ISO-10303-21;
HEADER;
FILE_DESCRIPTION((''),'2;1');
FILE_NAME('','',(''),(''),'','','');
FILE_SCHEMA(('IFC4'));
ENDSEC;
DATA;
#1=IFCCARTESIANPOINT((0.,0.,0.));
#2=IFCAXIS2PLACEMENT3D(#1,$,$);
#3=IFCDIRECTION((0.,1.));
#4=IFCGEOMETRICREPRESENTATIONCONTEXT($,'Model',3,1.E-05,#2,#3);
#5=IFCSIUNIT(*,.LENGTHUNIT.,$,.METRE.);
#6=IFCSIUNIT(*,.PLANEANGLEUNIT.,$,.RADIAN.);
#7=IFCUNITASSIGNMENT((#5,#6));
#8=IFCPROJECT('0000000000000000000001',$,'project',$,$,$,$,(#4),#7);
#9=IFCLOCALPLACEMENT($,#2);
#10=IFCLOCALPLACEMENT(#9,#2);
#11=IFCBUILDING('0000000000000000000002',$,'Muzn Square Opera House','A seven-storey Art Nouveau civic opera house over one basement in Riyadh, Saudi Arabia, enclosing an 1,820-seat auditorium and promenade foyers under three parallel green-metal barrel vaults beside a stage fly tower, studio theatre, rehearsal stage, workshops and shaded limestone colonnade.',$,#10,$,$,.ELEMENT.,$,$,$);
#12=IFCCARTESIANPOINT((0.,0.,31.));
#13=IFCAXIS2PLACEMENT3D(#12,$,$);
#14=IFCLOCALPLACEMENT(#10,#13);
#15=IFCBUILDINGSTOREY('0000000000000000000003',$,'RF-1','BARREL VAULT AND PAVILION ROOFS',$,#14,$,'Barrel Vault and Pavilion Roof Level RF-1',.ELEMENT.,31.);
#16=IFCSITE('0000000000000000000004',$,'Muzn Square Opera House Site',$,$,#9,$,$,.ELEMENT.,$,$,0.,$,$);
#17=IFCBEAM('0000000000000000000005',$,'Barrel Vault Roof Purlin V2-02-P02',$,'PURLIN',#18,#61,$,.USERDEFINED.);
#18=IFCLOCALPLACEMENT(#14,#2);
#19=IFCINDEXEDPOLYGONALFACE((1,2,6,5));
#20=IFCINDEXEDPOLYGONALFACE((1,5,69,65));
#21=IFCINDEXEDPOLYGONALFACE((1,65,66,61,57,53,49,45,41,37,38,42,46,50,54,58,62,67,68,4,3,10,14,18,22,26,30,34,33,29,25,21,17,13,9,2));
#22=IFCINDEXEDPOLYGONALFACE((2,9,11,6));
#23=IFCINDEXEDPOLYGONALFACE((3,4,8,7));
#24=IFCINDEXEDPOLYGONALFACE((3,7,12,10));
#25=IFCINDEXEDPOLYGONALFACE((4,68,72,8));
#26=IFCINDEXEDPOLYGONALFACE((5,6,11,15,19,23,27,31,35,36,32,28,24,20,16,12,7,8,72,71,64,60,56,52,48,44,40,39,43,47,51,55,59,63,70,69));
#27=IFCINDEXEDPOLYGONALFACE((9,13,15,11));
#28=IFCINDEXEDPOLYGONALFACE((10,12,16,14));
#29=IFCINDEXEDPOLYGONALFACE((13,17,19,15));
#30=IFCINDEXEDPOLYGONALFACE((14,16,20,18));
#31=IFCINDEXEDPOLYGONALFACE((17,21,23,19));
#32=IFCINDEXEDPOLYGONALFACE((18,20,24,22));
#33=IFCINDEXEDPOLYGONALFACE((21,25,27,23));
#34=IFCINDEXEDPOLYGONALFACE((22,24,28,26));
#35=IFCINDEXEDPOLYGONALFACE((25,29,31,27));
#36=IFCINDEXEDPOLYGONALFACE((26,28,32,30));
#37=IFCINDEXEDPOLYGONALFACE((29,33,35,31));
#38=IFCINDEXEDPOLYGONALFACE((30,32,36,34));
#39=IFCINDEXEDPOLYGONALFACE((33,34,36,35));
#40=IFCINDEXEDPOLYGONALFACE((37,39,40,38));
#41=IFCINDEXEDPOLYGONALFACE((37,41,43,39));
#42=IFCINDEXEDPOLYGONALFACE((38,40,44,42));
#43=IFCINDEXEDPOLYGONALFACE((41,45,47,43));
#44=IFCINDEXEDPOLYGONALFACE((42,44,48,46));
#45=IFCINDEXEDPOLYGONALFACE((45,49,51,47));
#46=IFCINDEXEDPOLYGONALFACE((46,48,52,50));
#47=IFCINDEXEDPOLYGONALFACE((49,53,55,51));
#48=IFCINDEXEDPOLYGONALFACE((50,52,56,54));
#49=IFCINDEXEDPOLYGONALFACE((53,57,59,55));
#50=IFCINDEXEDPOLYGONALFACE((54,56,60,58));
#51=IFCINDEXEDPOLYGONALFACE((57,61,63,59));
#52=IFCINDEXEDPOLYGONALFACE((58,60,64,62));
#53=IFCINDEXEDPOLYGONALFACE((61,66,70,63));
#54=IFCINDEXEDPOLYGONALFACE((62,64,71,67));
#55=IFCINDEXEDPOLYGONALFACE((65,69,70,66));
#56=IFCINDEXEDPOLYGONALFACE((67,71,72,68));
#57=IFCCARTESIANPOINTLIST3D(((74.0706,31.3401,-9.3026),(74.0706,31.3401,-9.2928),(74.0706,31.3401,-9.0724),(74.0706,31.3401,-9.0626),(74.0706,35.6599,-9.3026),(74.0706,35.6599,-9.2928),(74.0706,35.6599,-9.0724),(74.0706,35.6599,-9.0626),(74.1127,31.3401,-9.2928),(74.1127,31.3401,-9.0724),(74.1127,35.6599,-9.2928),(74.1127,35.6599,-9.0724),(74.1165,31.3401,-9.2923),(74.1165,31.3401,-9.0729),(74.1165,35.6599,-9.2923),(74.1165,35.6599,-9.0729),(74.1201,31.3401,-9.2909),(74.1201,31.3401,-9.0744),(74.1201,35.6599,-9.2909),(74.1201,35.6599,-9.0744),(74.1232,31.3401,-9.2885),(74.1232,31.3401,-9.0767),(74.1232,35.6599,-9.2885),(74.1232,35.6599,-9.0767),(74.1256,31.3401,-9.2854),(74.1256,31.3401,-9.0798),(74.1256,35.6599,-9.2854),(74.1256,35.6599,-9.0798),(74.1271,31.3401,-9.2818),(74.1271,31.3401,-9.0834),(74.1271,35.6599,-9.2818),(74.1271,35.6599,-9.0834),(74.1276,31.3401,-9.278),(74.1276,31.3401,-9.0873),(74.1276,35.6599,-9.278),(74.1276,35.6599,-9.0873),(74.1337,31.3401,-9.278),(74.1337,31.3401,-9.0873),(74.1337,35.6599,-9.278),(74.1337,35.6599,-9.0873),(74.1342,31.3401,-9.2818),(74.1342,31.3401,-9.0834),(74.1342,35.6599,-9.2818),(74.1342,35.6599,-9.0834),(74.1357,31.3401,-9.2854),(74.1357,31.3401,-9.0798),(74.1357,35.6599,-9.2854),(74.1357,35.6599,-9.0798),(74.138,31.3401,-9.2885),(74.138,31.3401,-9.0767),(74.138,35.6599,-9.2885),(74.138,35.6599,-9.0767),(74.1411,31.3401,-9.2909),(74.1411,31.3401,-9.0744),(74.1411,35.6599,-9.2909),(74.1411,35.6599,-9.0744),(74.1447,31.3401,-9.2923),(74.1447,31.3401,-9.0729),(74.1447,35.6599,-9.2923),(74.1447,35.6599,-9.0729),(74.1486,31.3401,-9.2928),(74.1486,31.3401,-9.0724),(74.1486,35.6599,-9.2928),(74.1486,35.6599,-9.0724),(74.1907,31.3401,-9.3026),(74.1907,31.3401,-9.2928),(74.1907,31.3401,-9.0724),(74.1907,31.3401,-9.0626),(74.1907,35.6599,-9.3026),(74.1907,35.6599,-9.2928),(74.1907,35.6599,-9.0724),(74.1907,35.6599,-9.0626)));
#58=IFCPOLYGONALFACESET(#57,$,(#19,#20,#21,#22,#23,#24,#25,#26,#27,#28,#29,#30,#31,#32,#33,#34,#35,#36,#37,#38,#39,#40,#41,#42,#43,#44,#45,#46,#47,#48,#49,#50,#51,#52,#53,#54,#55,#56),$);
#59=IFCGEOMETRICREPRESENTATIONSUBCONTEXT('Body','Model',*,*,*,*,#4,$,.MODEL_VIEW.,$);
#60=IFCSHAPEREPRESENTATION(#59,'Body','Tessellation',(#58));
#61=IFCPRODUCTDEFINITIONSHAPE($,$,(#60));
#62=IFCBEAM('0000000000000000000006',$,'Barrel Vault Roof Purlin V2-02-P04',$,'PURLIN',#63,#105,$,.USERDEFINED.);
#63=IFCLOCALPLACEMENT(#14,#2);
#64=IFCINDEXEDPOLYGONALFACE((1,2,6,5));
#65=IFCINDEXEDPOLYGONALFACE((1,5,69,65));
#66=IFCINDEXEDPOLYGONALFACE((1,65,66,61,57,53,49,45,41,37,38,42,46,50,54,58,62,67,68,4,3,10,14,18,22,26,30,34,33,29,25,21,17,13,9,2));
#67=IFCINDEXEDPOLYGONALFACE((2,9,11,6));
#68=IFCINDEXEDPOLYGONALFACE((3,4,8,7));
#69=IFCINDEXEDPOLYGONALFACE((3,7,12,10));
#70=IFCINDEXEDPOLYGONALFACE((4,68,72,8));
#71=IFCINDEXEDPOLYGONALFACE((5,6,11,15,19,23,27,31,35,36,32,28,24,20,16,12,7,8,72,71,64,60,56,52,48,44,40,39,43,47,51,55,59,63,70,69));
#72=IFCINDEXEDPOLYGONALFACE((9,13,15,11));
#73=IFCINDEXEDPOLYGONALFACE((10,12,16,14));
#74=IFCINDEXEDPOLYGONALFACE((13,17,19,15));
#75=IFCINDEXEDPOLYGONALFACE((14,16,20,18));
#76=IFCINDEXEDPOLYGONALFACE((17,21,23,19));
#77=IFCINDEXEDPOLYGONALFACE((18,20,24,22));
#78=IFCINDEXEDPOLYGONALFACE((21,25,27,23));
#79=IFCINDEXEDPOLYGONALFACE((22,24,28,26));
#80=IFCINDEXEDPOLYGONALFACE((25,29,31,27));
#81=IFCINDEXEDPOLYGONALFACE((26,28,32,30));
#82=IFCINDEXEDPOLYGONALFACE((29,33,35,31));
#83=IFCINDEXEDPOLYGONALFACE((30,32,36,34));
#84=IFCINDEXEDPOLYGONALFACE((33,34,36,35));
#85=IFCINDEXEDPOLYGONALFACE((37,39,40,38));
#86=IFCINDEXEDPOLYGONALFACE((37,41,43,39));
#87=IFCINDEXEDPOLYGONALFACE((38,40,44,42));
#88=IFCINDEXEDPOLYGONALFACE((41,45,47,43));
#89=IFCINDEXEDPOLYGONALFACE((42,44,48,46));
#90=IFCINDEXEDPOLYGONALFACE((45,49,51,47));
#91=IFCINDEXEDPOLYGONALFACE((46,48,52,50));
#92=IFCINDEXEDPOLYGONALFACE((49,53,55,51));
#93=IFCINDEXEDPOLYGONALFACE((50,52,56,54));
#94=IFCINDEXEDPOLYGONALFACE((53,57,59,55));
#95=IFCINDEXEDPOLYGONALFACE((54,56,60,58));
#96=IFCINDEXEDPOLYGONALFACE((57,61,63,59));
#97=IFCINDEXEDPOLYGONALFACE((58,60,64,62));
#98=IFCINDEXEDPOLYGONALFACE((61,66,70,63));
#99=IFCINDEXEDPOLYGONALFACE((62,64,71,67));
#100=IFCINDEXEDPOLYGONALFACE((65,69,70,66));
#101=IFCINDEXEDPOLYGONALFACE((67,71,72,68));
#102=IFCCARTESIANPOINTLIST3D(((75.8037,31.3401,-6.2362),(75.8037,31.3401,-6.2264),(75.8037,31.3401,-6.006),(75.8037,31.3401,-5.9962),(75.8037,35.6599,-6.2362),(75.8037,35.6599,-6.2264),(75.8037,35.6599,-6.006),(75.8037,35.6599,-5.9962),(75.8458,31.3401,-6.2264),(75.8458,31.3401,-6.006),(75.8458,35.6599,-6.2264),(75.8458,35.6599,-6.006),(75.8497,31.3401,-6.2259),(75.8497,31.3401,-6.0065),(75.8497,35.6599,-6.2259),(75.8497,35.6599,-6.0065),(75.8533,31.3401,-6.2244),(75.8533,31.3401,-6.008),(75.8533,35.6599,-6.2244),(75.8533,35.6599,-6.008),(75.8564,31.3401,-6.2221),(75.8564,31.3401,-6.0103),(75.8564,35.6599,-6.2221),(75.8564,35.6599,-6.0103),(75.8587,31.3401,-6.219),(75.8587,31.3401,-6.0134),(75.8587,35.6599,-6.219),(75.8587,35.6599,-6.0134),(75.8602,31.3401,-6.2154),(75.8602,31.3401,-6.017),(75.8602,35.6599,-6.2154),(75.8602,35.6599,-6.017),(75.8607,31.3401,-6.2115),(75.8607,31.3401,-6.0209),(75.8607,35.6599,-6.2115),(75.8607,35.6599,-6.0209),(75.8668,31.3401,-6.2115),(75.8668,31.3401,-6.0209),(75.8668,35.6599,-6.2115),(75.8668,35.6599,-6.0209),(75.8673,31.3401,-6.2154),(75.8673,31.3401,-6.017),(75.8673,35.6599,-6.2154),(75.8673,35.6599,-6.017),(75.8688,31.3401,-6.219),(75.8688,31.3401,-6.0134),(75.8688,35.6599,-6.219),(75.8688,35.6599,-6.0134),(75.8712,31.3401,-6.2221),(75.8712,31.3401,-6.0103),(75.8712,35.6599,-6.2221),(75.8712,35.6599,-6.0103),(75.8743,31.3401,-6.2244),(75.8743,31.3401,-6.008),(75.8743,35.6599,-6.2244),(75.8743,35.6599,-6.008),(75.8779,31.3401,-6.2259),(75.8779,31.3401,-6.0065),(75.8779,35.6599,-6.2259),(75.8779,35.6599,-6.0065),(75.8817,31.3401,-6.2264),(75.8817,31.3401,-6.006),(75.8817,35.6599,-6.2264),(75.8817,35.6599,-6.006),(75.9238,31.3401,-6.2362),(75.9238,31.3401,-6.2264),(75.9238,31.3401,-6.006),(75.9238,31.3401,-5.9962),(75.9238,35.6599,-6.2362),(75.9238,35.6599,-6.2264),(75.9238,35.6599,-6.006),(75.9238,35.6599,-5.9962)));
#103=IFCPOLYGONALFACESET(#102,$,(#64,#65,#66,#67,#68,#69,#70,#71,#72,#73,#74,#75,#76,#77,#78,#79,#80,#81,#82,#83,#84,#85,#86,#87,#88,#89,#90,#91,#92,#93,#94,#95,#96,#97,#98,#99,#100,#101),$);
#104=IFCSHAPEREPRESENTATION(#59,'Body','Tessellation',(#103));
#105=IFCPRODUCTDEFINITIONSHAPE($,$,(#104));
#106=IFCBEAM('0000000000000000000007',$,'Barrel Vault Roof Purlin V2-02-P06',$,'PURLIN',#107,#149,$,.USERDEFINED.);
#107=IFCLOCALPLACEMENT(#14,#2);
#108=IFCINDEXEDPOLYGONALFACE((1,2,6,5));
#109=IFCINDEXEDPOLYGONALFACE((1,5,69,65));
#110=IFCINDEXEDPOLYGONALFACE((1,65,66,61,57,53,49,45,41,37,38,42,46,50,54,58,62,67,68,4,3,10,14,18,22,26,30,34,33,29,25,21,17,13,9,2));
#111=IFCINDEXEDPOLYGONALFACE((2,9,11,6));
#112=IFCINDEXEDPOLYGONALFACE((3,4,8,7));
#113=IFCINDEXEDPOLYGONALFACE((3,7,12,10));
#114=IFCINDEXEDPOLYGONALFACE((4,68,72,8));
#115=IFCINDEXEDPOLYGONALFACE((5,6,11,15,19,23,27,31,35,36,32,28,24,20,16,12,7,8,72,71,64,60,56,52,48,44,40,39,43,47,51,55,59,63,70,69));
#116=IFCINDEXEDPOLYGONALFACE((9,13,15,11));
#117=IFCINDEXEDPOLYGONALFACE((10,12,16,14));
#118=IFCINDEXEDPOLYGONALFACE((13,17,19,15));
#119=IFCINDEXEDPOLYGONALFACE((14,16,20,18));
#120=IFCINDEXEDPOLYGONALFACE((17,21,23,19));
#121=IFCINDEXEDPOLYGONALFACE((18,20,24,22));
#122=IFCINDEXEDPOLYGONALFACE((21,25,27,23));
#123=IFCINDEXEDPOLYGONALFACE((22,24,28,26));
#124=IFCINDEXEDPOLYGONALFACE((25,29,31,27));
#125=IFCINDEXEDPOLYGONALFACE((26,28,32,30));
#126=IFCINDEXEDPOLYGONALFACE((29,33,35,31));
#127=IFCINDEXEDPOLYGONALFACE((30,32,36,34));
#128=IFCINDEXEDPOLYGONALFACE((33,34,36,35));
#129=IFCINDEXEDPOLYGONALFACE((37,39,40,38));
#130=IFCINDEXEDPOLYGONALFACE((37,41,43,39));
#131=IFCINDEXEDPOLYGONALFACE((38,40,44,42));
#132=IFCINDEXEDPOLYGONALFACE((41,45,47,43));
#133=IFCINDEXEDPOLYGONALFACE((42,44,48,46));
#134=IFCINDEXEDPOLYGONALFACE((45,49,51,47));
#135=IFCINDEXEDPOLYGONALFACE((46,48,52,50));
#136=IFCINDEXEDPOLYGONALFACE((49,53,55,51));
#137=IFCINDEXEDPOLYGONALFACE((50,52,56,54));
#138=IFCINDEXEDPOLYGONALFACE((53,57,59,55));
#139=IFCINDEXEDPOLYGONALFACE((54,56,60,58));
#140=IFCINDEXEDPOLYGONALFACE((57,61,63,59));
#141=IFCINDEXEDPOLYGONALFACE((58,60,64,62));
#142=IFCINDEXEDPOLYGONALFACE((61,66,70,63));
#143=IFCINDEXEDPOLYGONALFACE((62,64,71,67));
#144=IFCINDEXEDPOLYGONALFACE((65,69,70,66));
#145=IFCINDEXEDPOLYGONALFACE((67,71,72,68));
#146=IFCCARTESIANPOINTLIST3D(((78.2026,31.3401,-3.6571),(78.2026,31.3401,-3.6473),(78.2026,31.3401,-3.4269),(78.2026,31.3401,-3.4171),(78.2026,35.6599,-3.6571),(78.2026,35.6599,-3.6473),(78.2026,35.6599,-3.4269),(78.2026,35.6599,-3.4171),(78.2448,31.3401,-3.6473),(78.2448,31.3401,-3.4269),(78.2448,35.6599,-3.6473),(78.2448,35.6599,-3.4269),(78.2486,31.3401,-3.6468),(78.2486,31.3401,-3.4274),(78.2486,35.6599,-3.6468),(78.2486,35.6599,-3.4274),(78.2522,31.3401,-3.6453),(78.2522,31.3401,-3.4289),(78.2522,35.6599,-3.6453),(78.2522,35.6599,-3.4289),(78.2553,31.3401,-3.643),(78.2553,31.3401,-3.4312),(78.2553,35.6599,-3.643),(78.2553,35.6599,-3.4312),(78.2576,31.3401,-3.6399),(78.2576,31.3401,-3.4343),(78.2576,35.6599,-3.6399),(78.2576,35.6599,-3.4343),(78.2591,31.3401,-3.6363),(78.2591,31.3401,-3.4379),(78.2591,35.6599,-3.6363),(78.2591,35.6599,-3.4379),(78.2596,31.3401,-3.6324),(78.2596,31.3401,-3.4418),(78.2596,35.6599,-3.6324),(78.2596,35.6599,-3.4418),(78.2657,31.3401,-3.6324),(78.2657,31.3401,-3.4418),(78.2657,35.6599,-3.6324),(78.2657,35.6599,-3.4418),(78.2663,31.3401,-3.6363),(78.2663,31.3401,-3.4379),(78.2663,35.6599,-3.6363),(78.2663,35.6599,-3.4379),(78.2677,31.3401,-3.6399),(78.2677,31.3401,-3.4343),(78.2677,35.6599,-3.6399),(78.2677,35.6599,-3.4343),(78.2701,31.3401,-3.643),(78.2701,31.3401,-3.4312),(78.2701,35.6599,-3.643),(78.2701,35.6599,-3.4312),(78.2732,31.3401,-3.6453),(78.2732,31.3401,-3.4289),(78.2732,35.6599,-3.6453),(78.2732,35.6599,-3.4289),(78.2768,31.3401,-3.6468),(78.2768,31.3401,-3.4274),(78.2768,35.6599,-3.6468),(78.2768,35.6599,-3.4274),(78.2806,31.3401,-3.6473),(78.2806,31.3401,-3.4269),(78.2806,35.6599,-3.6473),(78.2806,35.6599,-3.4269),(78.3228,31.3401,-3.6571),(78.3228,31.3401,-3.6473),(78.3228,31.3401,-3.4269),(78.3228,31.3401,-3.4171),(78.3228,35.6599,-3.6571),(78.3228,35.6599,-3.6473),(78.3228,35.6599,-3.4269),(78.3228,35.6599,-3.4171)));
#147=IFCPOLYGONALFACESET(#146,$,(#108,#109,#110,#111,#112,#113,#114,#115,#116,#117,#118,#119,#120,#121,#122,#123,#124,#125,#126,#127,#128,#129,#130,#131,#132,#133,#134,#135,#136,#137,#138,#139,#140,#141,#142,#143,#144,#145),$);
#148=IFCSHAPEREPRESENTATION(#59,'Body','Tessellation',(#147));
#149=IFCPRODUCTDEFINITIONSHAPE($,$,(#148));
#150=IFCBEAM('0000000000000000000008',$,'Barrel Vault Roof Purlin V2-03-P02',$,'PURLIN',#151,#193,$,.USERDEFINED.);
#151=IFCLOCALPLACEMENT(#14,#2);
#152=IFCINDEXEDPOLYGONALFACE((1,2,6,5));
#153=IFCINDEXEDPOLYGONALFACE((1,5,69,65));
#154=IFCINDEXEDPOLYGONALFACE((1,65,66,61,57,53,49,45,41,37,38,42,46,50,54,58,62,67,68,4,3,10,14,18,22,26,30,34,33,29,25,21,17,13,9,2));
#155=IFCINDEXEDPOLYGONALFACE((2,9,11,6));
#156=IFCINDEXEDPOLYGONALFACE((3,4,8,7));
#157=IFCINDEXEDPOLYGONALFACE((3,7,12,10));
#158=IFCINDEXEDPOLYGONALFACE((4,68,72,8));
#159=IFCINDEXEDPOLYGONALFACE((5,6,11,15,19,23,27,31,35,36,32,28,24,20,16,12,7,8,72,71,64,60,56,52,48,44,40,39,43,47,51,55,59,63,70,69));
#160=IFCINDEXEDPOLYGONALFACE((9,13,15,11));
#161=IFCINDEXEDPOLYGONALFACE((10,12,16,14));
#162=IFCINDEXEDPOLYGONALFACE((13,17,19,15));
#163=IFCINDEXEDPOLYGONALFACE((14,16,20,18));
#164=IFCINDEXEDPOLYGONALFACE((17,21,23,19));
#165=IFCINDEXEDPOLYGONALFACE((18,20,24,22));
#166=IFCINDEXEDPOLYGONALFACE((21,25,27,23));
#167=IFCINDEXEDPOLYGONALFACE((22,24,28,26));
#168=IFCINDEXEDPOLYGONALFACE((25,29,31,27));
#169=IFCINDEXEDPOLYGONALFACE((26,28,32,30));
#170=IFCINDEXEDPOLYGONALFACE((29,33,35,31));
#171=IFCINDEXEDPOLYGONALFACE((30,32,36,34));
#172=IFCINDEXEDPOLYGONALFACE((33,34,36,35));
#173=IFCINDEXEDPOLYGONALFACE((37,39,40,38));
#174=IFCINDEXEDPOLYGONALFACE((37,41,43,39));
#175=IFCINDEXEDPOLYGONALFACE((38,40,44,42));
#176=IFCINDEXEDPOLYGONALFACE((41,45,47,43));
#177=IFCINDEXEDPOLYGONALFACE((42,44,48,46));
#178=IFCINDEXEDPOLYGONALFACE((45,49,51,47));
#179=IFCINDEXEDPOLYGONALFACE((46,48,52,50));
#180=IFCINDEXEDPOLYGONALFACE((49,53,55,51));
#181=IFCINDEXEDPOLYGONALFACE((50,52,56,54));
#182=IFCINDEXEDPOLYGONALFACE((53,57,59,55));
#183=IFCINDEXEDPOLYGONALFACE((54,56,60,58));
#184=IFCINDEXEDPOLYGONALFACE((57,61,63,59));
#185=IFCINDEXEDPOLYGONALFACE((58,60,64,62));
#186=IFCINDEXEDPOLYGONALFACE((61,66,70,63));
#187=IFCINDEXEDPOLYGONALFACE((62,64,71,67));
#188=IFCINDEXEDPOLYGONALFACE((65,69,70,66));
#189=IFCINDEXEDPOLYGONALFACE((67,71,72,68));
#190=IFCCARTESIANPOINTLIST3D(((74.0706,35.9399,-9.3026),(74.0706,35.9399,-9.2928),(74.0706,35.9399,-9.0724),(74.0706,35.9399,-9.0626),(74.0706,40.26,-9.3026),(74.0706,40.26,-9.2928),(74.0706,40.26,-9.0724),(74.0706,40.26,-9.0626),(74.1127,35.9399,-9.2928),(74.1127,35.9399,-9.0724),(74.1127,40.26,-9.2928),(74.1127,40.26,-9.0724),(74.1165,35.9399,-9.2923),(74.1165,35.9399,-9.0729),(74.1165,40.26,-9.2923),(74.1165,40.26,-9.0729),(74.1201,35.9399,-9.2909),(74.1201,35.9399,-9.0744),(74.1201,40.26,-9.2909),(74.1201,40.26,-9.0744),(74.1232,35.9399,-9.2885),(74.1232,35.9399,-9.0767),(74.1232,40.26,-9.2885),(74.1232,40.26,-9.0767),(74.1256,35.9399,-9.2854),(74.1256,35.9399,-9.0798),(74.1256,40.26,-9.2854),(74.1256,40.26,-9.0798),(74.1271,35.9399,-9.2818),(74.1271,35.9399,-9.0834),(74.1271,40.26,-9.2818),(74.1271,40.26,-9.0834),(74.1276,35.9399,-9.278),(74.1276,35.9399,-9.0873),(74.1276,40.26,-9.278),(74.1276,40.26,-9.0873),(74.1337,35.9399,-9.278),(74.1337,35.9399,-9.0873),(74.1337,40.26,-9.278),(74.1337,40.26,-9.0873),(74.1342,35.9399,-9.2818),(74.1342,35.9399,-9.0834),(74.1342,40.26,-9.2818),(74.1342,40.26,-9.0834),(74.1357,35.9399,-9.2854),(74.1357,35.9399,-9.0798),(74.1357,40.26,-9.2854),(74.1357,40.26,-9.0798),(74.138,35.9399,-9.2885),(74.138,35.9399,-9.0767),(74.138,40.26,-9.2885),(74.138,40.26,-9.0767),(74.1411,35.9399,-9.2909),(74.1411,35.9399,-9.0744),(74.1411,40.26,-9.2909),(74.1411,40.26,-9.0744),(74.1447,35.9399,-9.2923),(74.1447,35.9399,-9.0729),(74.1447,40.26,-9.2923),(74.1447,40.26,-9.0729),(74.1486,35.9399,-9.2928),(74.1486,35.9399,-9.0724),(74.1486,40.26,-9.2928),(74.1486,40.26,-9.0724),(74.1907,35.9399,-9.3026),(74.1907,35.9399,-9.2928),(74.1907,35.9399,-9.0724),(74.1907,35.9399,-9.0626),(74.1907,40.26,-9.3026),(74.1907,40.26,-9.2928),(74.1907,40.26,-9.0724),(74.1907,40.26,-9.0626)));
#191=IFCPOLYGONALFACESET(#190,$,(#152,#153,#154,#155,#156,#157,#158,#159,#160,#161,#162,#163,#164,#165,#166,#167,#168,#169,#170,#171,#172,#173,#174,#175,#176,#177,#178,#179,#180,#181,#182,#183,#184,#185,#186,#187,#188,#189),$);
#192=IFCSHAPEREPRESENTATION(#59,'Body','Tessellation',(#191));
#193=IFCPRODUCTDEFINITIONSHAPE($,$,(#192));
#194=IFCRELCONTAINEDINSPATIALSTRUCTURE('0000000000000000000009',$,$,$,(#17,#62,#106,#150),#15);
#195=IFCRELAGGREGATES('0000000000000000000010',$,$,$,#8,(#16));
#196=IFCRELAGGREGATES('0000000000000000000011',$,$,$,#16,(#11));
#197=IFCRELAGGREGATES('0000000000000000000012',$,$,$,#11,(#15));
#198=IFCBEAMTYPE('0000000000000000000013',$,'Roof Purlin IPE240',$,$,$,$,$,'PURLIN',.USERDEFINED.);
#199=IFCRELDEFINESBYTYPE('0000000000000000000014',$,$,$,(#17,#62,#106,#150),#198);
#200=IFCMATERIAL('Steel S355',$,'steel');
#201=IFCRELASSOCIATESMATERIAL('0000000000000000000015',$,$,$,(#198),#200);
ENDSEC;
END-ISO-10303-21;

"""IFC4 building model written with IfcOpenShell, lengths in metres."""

from ifc_helpers import new_model, si_unit, direction, frame, origin, origin_2d, place, context, subcontext, project, spatial, i_section, extrude, material, material_profile, profile_set, type_object, element, save


model = new_model("IFC4")

# Units and contexts
model_context = context("Model", 3, precision=1e-05, world=origin(), true_north=direction((0.0, 1.0)))
body_context = subcontext(model_context, "Body", "Model", "MODEL_VIEW")
ifc_project = project(units=[si_unit("LENGTHUNIT", "METRE"), si_unit("PLANEANGLEUNIT", "RADIAN")], contexts=[model_context])

# Site, building, storey
site_placement = place(None, origin())
site = spatial("IfcSite", under=ifc_project, at=site_placement, Name="Muzn Square Opera House Site", CompositionType="ELEMENT", RefElevation=0.0)
building_placement = place(site_placement, origin())
building = spatial("IfcBuilding", under=site, at=building_placement, Name="Muzn Square Opera House", Description="A seven-storey Art Nouveau civic opera house over one basement in Riyadh, Saudi Arabia, enclosing an 1,820-seat auditorium and promenade foyers under three parallel green-metal barrel vaults beside a stage fly tower, studio theatre, rehearsal stage, workshops and shaded limestone colonnade.", CompositionType="ELEMENT")
storey_placement = place(building_placement, frame((0.0, 0.0, 31.0)))
storey = spatial("IfcBuildingStorey", under=building, at=storey_placement, Name="RF-1", Description="BARREL VAULT AND PAVILION ROOFS", LongName="Barrel Vault and Pavilion Roof Level RF-1", CompositionType="ELEMENT", Elevation=31.0)

# Beams
ifc_material_1 = material(Name="Steel S355", Category="steel")
ifc_material_profile_1 = material_profile(ifc_material_1, i_section(OverallWidth=0.1201, OverallDepth=0.24, WebThickness=0.0061, FlangeThickness=0.0098, FilletRadius=0.0149, at=origin_2d()), Name="IPE 240", Category="steel")
ifc_profile_set_1 = profile_set([ifc_material_profile_1], Name="Steel S355")
beam_type_1 = type_object("IfcBeamType", Name="Roof Purlin IPE240", ElementType="PURLIN", PredefinedType="USERDEFINED", material=ifc_profile_set_1)
for number, where, z_axis, x_axis, name in (
    (1, (74.1306, 31.3401, -9.1826), (0.0, 1.0, 0.0), (-1.0, 0.0, 0.0), "Barrel Vault Roof Purlin V2-02-P02"),
    (2, (75.8638, 31.3401, -6.1162), (0.0, 1.0, 0.0), (-1.0, 0.0, 0.0), "Barrel Vault Roof Purlin V2-02-P04"),
    (3, (78.2627, 31.3401, -3.5371), (0.0, 1.0, 0.0), (-1.0, 0.0, 0.0), "Barrel Vault Roof Purlin V2-02-P06"),
):
    element("IfcBeam", number, at=place(storey_placement, frame(where, z_axis=z_axis, x_axis=x_axis)), inside=storey, type_object=beam_type_1, Name=name, ObjectType="PURLIN", PredefinedType="USERDEFINED", context=body_context, shape_type="SweptSolid", body=[
        extrude(i_section(OverallWidth=0.1201, OverallDepth=0.24, WebThickness=0.0061, FlangeThickness=0.0098, FilletRadius=0.0149, at=origin_2d()), origin(), (0.0, 0.0, 1.0), 4.3198),
    ])
for number, where, z_axis, x_axis, name in (
    (4, (74.1306, 35.9399, -9.1826), (0.0, 1.0, 0.0), (-1.0, 0.0, 0.0), "Barrel Vault Roof Purlin V2-03-P02"),
):
    element("IfcBeam", number, at=place(storey_placement, frame(where, z_axis=z_axis, x_axis=x_axis)), inside=storey, type_object=beam_type_1, Name=name, ObjectType="PURLIN", PredefinedType="USERDEFINED", context=body_context, shape_type="SweptSolid", body=[
        extrude(i_section(OverallWidth=0.1201, OverallDepth=0.24, WebThickness=0.0061, FlangeThickness=0.0098, FilletRadius=0.0149, at=origin_2d()), origin(), (0.0, 0.0, 1.0), 4.3201),
    ])

save(model, "model.ifc")
